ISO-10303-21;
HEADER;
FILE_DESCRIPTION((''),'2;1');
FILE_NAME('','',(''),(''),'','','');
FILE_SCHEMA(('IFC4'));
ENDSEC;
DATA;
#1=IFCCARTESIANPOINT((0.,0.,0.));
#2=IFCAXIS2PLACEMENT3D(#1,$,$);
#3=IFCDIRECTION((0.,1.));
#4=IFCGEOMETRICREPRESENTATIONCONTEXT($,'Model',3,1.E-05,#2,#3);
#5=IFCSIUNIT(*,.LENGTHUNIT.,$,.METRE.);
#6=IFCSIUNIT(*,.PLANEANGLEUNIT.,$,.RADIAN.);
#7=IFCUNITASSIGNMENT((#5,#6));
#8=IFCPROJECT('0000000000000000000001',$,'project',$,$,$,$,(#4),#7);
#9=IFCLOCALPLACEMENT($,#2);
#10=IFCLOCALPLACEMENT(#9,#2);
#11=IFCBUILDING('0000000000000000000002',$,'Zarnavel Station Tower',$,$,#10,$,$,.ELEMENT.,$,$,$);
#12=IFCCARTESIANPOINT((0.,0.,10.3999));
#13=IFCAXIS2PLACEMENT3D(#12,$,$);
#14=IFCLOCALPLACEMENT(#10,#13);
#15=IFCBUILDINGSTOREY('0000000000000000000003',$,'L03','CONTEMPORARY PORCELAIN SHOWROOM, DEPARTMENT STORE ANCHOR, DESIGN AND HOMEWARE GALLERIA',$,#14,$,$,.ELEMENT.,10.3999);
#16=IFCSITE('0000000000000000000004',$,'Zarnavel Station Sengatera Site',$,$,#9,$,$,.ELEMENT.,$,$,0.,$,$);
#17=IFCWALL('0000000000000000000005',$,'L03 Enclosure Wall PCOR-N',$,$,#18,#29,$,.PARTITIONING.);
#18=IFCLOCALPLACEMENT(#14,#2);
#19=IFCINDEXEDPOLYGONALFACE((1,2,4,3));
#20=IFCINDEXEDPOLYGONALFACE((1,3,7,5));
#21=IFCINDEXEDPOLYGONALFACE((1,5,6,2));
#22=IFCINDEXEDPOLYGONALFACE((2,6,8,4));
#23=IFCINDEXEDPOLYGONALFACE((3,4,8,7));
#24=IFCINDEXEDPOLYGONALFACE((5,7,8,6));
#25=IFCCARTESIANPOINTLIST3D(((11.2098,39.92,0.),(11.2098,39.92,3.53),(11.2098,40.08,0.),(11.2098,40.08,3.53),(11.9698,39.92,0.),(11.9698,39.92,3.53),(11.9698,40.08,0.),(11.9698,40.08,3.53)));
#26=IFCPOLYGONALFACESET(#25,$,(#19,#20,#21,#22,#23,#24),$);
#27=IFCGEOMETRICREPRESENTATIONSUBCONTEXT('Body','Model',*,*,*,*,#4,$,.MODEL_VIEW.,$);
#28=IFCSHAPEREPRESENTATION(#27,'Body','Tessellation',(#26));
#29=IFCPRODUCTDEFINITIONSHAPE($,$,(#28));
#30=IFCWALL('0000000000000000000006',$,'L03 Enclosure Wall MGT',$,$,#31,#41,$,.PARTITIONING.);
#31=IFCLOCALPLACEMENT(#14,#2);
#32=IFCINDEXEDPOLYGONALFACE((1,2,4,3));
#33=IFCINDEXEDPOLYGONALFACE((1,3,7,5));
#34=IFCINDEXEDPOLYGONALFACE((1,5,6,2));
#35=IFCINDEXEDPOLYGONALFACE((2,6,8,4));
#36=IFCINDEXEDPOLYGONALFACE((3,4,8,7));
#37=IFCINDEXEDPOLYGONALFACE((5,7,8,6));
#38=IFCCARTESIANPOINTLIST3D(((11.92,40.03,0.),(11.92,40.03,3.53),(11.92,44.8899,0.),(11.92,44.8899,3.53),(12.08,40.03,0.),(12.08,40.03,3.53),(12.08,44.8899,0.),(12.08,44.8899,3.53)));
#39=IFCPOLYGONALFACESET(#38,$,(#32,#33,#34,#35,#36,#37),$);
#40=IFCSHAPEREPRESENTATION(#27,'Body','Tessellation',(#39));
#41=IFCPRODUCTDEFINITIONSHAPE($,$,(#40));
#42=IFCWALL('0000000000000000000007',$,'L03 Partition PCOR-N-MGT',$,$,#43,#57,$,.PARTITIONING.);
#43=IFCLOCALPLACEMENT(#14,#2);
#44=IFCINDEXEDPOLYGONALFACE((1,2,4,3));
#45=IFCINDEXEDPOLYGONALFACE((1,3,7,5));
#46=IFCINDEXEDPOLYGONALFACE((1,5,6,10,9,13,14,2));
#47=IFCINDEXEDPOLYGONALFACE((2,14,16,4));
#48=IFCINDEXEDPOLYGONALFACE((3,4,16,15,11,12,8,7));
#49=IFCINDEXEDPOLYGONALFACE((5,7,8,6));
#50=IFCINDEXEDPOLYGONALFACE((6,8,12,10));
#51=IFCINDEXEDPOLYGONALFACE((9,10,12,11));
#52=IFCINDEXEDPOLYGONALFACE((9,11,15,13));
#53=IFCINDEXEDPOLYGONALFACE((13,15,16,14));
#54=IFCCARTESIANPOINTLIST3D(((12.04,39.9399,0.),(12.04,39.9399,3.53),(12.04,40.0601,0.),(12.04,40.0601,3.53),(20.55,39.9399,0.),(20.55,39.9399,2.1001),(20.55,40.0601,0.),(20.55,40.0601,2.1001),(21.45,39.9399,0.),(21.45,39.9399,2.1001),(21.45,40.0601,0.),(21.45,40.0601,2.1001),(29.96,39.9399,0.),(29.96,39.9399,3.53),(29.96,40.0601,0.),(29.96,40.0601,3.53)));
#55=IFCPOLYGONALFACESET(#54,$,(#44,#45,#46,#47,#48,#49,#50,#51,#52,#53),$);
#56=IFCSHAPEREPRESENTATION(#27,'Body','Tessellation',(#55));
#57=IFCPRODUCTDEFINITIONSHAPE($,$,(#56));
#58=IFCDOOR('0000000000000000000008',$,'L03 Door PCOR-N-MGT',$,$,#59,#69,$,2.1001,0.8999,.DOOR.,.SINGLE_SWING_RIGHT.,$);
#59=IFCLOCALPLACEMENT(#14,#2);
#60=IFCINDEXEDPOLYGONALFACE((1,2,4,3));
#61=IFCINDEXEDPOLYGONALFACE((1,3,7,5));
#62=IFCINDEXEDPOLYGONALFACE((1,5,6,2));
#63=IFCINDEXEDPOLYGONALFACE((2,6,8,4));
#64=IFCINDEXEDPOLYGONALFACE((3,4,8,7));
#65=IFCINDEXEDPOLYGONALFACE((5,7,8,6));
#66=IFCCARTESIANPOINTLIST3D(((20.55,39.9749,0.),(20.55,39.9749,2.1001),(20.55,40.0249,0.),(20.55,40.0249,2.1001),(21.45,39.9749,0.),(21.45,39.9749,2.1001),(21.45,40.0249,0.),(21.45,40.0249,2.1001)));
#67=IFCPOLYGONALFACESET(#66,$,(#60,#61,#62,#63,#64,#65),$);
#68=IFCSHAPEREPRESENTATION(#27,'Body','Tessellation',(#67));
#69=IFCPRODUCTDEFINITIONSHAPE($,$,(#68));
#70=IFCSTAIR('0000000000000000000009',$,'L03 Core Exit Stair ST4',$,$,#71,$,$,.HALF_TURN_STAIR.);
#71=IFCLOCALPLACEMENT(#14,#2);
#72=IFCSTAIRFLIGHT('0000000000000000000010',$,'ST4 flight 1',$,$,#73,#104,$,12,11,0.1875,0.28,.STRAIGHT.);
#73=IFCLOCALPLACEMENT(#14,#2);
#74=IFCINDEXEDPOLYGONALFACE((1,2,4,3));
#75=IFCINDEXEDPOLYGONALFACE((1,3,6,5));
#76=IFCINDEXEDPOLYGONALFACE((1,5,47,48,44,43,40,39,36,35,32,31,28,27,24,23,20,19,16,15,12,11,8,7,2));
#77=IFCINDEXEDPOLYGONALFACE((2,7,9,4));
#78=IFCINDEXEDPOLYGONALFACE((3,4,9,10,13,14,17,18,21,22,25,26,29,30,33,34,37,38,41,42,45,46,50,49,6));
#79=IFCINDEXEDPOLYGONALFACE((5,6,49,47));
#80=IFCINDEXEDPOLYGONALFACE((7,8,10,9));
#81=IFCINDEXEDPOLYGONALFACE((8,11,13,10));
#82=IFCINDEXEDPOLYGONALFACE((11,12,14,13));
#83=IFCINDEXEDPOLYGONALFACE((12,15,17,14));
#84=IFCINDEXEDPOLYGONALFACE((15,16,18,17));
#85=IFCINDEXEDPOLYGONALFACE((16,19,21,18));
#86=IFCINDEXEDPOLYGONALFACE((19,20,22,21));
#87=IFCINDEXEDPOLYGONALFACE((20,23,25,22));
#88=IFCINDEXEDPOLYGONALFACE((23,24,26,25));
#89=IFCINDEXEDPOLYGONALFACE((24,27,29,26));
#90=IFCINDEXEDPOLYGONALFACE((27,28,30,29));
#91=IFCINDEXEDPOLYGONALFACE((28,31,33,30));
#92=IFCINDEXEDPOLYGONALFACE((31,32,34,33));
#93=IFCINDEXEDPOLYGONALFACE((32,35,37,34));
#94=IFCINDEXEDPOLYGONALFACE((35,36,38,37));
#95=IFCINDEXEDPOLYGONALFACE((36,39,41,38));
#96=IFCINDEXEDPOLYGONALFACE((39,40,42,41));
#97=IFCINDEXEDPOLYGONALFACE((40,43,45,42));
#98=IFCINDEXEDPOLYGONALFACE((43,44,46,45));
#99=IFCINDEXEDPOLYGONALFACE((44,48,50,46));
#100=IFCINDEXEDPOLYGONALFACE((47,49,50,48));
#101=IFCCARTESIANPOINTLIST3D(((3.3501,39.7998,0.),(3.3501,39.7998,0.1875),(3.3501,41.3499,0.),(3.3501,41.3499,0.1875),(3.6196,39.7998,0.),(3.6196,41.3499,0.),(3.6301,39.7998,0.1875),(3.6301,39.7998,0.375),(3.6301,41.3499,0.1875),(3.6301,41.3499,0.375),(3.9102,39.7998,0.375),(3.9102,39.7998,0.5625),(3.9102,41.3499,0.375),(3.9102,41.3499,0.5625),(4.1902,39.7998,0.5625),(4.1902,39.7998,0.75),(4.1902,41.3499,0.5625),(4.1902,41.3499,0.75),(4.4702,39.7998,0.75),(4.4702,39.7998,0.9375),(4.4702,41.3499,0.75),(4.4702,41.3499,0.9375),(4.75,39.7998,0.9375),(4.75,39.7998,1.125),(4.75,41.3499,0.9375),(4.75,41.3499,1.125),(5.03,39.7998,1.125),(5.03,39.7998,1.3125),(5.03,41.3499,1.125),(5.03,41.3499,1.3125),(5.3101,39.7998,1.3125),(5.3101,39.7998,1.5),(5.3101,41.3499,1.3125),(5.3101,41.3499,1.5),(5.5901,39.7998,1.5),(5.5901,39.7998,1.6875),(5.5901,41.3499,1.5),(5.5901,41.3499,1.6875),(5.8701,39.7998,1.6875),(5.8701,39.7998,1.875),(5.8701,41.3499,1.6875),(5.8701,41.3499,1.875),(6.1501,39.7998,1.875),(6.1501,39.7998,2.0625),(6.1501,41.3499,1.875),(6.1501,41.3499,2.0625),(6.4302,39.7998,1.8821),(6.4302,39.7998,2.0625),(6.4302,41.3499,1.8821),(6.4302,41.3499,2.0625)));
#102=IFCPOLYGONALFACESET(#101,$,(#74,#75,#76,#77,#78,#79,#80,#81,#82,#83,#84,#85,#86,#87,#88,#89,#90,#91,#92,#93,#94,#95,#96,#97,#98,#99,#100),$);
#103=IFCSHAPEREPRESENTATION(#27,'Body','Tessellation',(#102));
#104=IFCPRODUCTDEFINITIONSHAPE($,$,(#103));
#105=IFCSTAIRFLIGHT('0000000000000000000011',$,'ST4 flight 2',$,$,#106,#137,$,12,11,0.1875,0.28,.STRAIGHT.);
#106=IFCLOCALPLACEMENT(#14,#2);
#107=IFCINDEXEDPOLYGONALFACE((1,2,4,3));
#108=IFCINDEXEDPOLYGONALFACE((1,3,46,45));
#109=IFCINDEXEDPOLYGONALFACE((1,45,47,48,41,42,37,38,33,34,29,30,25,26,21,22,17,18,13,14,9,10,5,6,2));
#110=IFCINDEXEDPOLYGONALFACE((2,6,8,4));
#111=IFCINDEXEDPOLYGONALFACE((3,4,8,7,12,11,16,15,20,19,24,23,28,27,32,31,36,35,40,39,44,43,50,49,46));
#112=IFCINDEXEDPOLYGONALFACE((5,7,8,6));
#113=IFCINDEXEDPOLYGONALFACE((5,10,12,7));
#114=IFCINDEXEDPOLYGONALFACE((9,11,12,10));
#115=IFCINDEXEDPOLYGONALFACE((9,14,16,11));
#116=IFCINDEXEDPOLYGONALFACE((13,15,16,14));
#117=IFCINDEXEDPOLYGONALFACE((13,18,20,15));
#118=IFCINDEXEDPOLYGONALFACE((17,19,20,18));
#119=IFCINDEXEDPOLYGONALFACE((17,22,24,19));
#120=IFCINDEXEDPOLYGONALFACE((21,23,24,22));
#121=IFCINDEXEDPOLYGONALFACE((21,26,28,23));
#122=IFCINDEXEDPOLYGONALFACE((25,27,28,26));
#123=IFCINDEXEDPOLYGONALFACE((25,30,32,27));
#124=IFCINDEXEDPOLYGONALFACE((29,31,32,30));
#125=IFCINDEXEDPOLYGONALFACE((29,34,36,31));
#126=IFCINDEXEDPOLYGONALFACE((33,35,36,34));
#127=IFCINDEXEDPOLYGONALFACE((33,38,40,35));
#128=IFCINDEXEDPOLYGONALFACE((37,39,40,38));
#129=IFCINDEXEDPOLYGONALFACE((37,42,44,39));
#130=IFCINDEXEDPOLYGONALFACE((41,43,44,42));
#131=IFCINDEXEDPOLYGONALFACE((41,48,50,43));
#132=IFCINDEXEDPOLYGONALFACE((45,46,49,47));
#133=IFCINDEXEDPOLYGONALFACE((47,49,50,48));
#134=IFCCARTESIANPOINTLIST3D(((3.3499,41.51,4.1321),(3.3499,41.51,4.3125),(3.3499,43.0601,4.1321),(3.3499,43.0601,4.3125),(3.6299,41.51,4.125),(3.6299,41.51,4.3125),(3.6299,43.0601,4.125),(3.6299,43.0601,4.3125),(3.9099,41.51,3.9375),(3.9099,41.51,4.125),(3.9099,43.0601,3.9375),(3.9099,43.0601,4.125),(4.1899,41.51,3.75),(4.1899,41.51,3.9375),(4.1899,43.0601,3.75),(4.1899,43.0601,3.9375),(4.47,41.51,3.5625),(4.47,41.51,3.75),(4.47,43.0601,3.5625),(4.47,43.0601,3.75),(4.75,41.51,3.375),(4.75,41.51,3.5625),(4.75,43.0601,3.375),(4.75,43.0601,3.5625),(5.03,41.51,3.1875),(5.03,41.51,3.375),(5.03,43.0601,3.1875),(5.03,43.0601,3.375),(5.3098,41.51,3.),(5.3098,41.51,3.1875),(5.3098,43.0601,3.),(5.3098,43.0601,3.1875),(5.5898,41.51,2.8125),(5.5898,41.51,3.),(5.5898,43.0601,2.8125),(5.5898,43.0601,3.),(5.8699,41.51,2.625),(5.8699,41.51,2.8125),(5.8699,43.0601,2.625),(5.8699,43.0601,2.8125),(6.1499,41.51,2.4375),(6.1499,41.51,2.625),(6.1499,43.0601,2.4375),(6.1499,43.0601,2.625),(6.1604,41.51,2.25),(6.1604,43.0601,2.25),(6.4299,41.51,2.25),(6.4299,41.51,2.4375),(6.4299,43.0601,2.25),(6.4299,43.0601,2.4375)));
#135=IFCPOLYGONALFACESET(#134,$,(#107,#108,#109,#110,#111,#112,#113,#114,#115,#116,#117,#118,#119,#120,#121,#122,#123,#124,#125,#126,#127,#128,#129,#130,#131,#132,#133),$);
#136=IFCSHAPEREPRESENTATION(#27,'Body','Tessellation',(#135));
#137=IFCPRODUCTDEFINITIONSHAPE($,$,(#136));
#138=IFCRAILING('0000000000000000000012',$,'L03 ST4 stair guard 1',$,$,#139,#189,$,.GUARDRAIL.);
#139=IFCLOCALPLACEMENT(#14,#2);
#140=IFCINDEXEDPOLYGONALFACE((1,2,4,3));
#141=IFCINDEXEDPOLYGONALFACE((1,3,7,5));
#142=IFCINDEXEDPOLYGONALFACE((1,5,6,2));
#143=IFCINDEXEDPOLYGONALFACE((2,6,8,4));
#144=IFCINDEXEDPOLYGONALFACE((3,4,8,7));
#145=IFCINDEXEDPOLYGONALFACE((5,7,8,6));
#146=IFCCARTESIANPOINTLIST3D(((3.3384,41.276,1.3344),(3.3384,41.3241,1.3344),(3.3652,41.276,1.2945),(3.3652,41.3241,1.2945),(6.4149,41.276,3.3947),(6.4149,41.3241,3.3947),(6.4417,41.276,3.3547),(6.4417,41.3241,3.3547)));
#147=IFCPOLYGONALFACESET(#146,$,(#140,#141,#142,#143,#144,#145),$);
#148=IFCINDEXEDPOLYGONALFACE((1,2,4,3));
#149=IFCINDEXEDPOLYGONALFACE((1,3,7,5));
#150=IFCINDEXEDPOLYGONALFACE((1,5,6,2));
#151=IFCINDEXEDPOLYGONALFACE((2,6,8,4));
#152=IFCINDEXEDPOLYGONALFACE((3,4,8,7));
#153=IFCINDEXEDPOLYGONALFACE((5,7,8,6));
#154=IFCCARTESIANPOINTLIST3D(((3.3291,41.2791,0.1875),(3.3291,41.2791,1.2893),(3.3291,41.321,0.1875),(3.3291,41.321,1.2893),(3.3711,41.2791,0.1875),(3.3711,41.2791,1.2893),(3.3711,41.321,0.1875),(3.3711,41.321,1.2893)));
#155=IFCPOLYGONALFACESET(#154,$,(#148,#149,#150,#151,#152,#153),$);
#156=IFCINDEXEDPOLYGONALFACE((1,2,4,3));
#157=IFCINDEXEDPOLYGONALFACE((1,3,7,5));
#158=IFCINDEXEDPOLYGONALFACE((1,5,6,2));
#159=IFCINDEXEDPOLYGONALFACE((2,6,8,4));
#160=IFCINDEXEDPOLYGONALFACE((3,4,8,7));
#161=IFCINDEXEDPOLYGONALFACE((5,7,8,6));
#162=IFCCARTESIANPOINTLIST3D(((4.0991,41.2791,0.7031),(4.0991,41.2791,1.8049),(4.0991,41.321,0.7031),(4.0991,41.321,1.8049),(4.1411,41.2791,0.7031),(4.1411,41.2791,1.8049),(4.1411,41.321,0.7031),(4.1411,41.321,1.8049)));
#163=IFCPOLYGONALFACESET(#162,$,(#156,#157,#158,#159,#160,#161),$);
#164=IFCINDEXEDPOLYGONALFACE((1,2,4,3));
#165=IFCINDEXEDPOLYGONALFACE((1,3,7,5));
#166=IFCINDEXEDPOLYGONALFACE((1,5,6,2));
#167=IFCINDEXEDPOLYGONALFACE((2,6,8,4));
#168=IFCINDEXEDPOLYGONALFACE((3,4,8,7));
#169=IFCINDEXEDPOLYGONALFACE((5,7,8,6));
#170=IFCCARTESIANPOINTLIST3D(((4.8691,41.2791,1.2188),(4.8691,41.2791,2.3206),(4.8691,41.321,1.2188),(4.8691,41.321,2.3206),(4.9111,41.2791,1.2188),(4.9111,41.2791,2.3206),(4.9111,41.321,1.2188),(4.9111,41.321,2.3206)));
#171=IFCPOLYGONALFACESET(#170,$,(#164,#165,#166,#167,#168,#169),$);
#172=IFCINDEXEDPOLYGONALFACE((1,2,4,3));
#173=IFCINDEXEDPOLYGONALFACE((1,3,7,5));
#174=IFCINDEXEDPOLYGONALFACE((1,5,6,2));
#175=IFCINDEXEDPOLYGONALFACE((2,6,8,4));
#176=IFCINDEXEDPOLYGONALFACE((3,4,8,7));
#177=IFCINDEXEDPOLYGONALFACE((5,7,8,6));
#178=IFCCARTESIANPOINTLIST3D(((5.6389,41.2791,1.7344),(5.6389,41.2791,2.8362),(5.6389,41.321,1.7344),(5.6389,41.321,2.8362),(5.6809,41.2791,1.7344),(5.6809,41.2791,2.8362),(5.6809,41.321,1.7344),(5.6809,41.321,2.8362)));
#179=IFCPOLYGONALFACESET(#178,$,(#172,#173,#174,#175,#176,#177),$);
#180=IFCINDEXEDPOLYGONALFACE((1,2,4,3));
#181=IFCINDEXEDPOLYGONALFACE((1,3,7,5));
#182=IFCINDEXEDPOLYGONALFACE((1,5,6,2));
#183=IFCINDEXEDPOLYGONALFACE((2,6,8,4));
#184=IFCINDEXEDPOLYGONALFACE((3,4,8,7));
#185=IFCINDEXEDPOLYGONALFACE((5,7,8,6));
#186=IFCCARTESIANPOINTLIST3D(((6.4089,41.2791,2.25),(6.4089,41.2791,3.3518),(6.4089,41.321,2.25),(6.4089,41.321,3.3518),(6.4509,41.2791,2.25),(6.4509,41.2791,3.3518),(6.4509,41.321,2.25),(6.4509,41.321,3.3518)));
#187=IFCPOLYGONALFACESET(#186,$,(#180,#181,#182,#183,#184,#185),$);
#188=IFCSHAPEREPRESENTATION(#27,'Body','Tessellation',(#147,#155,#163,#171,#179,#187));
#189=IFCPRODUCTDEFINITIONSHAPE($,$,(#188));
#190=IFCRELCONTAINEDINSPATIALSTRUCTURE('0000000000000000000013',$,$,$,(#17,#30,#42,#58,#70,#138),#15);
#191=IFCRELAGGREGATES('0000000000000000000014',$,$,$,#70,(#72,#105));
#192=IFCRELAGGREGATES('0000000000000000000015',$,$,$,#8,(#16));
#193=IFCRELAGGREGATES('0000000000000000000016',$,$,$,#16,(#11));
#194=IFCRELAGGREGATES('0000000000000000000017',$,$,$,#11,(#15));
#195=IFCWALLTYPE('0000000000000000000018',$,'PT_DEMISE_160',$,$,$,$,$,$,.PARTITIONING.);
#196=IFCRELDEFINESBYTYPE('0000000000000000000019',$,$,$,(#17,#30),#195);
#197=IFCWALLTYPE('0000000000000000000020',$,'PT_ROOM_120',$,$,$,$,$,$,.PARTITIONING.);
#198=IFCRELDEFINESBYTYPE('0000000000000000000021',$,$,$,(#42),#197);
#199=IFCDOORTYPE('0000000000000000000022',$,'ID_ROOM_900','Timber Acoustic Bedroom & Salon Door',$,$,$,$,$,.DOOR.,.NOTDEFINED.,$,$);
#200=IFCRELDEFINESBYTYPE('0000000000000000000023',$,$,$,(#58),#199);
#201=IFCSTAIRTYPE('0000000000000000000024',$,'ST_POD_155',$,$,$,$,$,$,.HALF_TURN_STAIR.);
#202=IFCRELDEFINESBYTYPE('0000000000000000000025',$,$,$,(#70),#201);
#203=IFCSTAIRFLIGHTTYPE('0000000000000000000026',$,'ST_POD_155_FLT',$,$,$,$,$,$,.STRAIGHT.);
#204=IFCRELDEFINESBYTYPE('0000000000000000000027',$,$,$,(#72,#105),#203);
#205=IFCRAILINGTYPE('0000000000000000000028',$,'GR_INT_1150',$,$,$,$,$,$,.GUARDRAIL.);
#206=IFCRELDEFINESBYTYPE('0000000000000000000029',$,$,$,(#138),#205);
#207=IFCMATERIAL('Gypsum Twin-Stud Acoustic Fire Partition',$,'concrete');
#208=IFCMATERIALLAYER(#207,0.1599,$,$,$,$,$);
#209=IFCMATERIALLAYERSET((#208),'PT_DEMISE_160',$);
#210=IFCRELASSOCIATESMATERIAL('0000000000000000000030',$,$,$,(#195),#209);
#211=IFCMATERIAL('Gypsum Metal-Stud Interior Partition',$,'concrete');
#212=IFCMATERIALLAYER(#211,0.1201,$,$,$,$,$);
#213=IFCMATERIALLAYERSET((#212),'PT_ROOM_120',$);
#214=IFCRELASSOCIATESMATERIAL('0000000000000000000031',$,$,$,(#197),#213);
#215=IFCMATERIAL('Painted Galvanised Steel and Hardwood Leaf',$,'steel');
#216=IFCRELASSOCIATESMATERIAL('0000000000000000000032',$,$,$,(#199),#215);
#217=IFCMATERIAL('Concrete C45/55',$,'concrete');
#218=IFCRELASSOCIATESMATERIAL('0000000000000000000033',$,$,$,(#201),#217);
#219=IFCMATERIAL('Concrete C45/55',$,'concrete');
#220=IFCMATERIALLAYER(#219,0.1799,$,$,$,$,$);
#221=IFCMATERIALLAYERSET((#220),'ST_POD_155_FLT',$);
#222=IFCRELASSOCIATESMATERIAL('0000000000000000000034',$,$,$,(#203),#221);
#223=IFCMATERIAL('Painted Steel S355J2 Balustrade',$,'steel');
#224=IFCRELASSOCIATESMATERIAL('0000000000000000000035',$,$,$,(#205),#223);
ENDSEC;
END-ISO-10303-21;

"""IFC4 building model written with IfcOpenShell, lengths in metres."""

from ifc_helpers import new_model, si_unit, direction, frame, frame_2d, origin, origin_2d, place, context, subcontext, project, spatial, polyline, rectangle, outline, extrude, material, layer, layer_set, type_object, element, fill, aggregate, save


model = new_model("IFC4")

# Units and contexts
model_context = context("Model", 3, precision=1e-05, world=origin(), true_north=direction((0.0, 1.0)))
body_context = subcontext(model_context, "Body", "Model", "MODEL_VIEW")
ifc_project = project(units=[si_unit("LENGTHUNIT", "METRE"), si_unit("PLANEANGLEUNIT", "RADIAN")], contexts=[model_context])

# Site, building, storey
site_placement = place(None, origin())
site = spatial("IfcSite", under=ifc_project, at=site_placement, Name="Zarnavel Station Sengatera Site", CompositionType="ELEMENT", RefElevation=0.0)
building_placement = place(site_placement, origin())
building = spatial("IfcBuilding", under=site, at=building_placement, Name="Zarnavel Station Tower", CompositionType="ELEMENT")
storey_placement = place(building_placement, frame((0.0, 0.0, 10.3999)))
storey = spatial("IfcBuildingStorey", under=building, at=storey_placement, Name="L03", Description="CONTEMPORARY PORCELAIN SHOWROOM, DEPARTMENT STORE ANCHOR, DESIGN AND HOMEWARE GALLERIA", CompositionType="ELEMENT", Elevation=10.3999)

# Walls
ifc_material_1 = material(Name="Gypsum Twin-Stud Acoustic Fire Partition", Category="concrete")
ifc_layer_1 = layer(ifc_material_1, 0.1599)
ifc_layer_set_1 = layer_set([ifc_layer_1], Name="PT_DEMISE_160")
wall_type_1 = type_object("IfcWallType", Name="PT_DEMISE_160", PredefinedType="PARTITIONING", material=ifc_layer_set_1)
wall_1_placement = place(storey_placement, frame((11.21, 40.0, 0.0), z_axis=(0.0, 0.0, 1.0), x_axis=(1.0, 0.0, 0.0)))
element("IfcWall", 1, at=wall_1_placement, inside=storey, type_object=wall_type_1, Name="L03 Enclosure Wall PCOR-N", PredefinedType="PARTITIONING", context=body_context, shape_type="SweptSolid", body=[
    extrude(rectangle(XDim=0.76, YDim=0.1599, at=frame_2d((0.3799, 0.0))), origin(), (0.0, 0.0, 1.0), 3.53),
])
wall_2_placement = place(storey_placement, frame((12.0, 40.03, 0.0), z_axis=(0.0, 0.0, 1.0), x_axis=(0.0, 1.0, 0.0)))
element("IfcWall", 2, at=wall_2_placement, inside=storey, type_object=wall_type_1, Name="L03 Enclosure Wall MGT", PredefinedType="PARTITIONING", context=body_context, shape_type="SweptSolid", body=[
    extrude(rectangle(XDim=4.8599, YDim=0.1599, at=frame_2d((2.4299, 0.0))), origin(), (0.0, 0.0, 1.0), 3.53),
])

# Wall, opening, door
ifc_material_2 = material(Name="Gypsum Metal-Stud Interior Partition", Category="concrete")
ifc_layer_2 = layer(ifc_material_2, 0.1201)
ifc_layer_set_2 = layer_set([ifc_layer_2], Name="PT_ROOM_120")
wall_type_2 = type_object("IfcWallType", Name="PT_ROOM_120", PredefinedType="PARTITIONING", material=ifc_layer_set_2)
wall_3_placement = place(storey_placement, frame((12.04, 40.0, 0.0), z_axis=(0.0, 0.0, 1.0), x_axis=(1.0, 0.0, 0.0)))
wall_3 = element("IfcWall", 3, at=wall_3_placement, inside=storey, type_object=wall_type_2, Name="L03 Partition PCOR-N-MGT", PredefinedType="PARTITIONING", context=body_context, shape_type="SweptSolid", body=[
    extrude(rectangle(XDim=17.9199, YDim=0.1201, at=frame_2d((8.96, 0.0))), origin(), (0.0, 0.0, 1.0), 3.53),
])
opening_1_placement = place(wall_3_placement, frame((8.51, 0.0, 0.0)))
opening_1 = element("IfcOpeningElement", 4, at=opening_1_placement, cuts=wall_3, PredefinedType="OPENING", context=body_context, shape_type="SweptSolid", body=[
    extrude(rectangle(XDim=0.8999, YDim=2.1001, at=frame_2d((0.45, 1.05))), frame((0.0, 0.0701, 0.0), z_axis=(0.0, -1.0, 0.0), x_axis=(1.0, 0.0, 0.0)), (0.0, 0.0, 1.0), 0.1401),
])
ifc_material_3 = material(Name="Painted Galvanised Steel and Hardwood Leaf", Category="steel")
door_type = type_object("IfcDoorType", Name="ID_ROOM_900", Description="Timber Acoustic Bedroom & Salon Door", OperationType="NOTDEFINED", PredefinedType="DOOR", material=ifc_material_3)
door_placement = place(opening_1_placement, origin())
door = element("IfcDoor", 5, at=door_placement, inside=storey, type_object=door_type, Name="L03 Door PCOR-N-MGT", OperationType="SINGLE_SWING_RIGHT", OverallHeight=2.1001, OverallWidth=0.8999, PredefinedType="DOOR", context=body_context, shape_type="SweptSolid", body=[
    extrude(rectangle(XDim=0.8999, YDim=2.1001, at=frame_2d((0.45, 1.05))), frame((0.0, 0.0249, 0.0), z_axis=(0.0, -1.0, 0.0), x_axis=(1.0, 0.0, 0.0)), (0.0, 0.0, 1.0), 0.05),
])
fill(opening_1, door)

# Stair, stair flights
ifc_material_4 = material(Name="Concrete C45/55", Category="concrete")
stair_type = type_object("IfcStairType", Name="ST_POD_155", PredefinedType="HALF_TURN_STAIR", material=ifc_material_4)
stair_placement = place(storey_placement, origin())
stair = element("IfcStair", 6, at=stair_placement, inside=storey, type_object=stair_type, Name="L03 Core Exit Stair ST4", PredefinedType="HALF_TURN_STAIR")
ifc_material_5 = material(Name="Concrete C45/55", Category="concrete")
ifc_layer_3 = layer(ifc_material_5, 0.1799)
ifc_layer_set_3 = layer_set([ifc_layer_3], Name="ST_POD_155_FLT")
stair_flight_type = type_object("IfcStairFlightType", Name="ST_POD_155_FLT", PredefinedType="STRAIGHT", material=ifc_layer_set_3)
stair_flight_1_placement = place(storey_placement, frame((3.3501, 40.575, 0.0), z_axis=(0.0, 0.0, 1.0), x_axis=(1.0, 0.0, 0.0)))
stair_flight_1 = element("IfcStairFlight", 7, at=stair_flight_1_placement, type_object=stair_flight_type, Name="ST4 flight 1", NumberOfRisers=12, NumberOfTreads=11, PredefinedType="STRAIGHT", RiserHeight=0.1875, TreadLength=0.28, context=body_context, shape_type="SweptSolid", body=[
    extrude(outline(polyline([(0.0, 0.0), (0.0, 0.1875), (0.28, 0.1875), (0.28, 0.375), (0.5601, 0.375), (0.5601, 0.5625), (0.8401, 0.5625), (0.8401, 0.75), (1.1201, 0.75), (1.1201, 0.9375), (1.3999, 0.9375), (1.3999, 1.125), (1.6799, 1.125), (1.6799, 1.3125), (1.96, 1.3125), (1.96, 1.5), (2.24, 1.5), (2.24, 1.6875), (2.52, 1.6875), (2.52, 1.875), (2.8, 1.875), (2.8, 2.0625), (3.0801, 2.0625), (3.0801, 2.25), (3.0801, 1.8821), (0.2695, 0.0), (0.0, 0.0)])), frame((0.0, 0.7749, 0.0), z_axis=(0.0, -1.0, 0.0), x_axis=(1.0, 0.0, 0.0)), (0.0, 0.0, 1.0), 1.55),
])
stair_flight_2_placement = place(storey_placement, frame((6.4299, 42.2849, 2.25), z_axis=(0.0, 0.0, 1.0), x_axis=(-1.0, 0.0, 0.0)))
stair_flight_2 = element("IfcStairFlight", 8, at=stair_flight_2_placement, type_object=stair_flight_type, Name="ST4 flight 2", NumberOfRisers=12, NumberOfTreads=11, PredefinedType="STRAIGHT", RiserHeight=0.1875, TreadLength=0.28, context=body_context, shape_type="SweptSolid", body=[
    extrude(outline(polyline([(0.0, 0.0), (0.0, 0.1875), (0.28, 0.1875), (0.28, 0.375), (0.5601, 0.375), (0.5601, 0.5625), (0.8401, 0.5625), (0.8401, 0.75), (1.1201, 0.75), (1.1201, 0.9375), (1.3999, 0.9375), (1.3999, 1.125), (1.6799, 1.125), (1.6799, 1.3125), (1.96, 1.3125), (1.96, 1.5), (2.24, 1.5), (2.24, 1.6875), (2.52, 1.6875), (2.52, 1.875), (2.8, 1.875), (2.8, 2.0625), (3.0801, 2.0625), (3.0801, 2.25), (3.0801, 1.8821), (0.2695, 0.0), (0.0, 0.0)])), frame((0.0, 0.7749, 0.0), z_axis=(0.0, -1.0, 0.0), x_axis=(1.0, 0.0, 0.0)), (0.0, 0.0, 1.0), 1.55),
])
aggregate(stair, [stair_flight_1, stair_flight_2])

# Railing
ifc_material_6 = material(Name="Painted Steel S355J2 Balustrade", Category="steel")
railing_type_1 = type_object("IfcRailingType", Name="GR_INT_1150", PredefinedType="GUARDRAIL", material=ifc_material_6)
railing_1_placement = place(storey_placement, frame((3.3501, 41.3, 0.1875)))
element("IfcRailing", 9, at=railing_1_placement, inside=storey, type_object=railing_type_1, Name="L03 ST4 stair guard 1", PredefinedType="GUARDRAIL", context=body_context, shape_type="SweptSolid", body=[
    extrude(rectangle(XDim=0.0481, YDim=0.0481, at=origin_2d()), frame((0.0017, 0.0, 1.127), z_axis=(0.830893, 0.0, 0.556432), x_axis=(0.0, 1.0, 0.0)), (0.0, 0.0, 1.0), 3.7026),
    extrude(rectangle(XDim=0.042, YDim=0.042, at=origin_2d()), origin(), (0.0, 0.0, 1.0), 1.1018),
    extrude(rectangle(XDim=0.042, YDim=0.042, at=origin_2d()), frame((0.77, 0.0, 0.5156)), (0.0, 0.0, 1.0), 1.1018),
    extrude(rectangle(XDim=0.042, YDim=0.042, at=origin_2d()), frame((1.54, 0.0, 1.0312)), (0.0, 0.0, 1.0), 1.1018),
    extrude(rectangle(XDim=0.042, YDim=0.042, at=origin_2d()), frame((2.3098, 0.0, 1.5469)), (0.0, 0.0, 1.0), 1.1018),
    extrude(rectangle(XDim=0.042, YDim=0.042, at=origin_2d()), frame((3.0798, 0.0, 2.0625)), (0.0, 0.0, 1.0), 1.1018),
])

save(model, "model.ifc")
